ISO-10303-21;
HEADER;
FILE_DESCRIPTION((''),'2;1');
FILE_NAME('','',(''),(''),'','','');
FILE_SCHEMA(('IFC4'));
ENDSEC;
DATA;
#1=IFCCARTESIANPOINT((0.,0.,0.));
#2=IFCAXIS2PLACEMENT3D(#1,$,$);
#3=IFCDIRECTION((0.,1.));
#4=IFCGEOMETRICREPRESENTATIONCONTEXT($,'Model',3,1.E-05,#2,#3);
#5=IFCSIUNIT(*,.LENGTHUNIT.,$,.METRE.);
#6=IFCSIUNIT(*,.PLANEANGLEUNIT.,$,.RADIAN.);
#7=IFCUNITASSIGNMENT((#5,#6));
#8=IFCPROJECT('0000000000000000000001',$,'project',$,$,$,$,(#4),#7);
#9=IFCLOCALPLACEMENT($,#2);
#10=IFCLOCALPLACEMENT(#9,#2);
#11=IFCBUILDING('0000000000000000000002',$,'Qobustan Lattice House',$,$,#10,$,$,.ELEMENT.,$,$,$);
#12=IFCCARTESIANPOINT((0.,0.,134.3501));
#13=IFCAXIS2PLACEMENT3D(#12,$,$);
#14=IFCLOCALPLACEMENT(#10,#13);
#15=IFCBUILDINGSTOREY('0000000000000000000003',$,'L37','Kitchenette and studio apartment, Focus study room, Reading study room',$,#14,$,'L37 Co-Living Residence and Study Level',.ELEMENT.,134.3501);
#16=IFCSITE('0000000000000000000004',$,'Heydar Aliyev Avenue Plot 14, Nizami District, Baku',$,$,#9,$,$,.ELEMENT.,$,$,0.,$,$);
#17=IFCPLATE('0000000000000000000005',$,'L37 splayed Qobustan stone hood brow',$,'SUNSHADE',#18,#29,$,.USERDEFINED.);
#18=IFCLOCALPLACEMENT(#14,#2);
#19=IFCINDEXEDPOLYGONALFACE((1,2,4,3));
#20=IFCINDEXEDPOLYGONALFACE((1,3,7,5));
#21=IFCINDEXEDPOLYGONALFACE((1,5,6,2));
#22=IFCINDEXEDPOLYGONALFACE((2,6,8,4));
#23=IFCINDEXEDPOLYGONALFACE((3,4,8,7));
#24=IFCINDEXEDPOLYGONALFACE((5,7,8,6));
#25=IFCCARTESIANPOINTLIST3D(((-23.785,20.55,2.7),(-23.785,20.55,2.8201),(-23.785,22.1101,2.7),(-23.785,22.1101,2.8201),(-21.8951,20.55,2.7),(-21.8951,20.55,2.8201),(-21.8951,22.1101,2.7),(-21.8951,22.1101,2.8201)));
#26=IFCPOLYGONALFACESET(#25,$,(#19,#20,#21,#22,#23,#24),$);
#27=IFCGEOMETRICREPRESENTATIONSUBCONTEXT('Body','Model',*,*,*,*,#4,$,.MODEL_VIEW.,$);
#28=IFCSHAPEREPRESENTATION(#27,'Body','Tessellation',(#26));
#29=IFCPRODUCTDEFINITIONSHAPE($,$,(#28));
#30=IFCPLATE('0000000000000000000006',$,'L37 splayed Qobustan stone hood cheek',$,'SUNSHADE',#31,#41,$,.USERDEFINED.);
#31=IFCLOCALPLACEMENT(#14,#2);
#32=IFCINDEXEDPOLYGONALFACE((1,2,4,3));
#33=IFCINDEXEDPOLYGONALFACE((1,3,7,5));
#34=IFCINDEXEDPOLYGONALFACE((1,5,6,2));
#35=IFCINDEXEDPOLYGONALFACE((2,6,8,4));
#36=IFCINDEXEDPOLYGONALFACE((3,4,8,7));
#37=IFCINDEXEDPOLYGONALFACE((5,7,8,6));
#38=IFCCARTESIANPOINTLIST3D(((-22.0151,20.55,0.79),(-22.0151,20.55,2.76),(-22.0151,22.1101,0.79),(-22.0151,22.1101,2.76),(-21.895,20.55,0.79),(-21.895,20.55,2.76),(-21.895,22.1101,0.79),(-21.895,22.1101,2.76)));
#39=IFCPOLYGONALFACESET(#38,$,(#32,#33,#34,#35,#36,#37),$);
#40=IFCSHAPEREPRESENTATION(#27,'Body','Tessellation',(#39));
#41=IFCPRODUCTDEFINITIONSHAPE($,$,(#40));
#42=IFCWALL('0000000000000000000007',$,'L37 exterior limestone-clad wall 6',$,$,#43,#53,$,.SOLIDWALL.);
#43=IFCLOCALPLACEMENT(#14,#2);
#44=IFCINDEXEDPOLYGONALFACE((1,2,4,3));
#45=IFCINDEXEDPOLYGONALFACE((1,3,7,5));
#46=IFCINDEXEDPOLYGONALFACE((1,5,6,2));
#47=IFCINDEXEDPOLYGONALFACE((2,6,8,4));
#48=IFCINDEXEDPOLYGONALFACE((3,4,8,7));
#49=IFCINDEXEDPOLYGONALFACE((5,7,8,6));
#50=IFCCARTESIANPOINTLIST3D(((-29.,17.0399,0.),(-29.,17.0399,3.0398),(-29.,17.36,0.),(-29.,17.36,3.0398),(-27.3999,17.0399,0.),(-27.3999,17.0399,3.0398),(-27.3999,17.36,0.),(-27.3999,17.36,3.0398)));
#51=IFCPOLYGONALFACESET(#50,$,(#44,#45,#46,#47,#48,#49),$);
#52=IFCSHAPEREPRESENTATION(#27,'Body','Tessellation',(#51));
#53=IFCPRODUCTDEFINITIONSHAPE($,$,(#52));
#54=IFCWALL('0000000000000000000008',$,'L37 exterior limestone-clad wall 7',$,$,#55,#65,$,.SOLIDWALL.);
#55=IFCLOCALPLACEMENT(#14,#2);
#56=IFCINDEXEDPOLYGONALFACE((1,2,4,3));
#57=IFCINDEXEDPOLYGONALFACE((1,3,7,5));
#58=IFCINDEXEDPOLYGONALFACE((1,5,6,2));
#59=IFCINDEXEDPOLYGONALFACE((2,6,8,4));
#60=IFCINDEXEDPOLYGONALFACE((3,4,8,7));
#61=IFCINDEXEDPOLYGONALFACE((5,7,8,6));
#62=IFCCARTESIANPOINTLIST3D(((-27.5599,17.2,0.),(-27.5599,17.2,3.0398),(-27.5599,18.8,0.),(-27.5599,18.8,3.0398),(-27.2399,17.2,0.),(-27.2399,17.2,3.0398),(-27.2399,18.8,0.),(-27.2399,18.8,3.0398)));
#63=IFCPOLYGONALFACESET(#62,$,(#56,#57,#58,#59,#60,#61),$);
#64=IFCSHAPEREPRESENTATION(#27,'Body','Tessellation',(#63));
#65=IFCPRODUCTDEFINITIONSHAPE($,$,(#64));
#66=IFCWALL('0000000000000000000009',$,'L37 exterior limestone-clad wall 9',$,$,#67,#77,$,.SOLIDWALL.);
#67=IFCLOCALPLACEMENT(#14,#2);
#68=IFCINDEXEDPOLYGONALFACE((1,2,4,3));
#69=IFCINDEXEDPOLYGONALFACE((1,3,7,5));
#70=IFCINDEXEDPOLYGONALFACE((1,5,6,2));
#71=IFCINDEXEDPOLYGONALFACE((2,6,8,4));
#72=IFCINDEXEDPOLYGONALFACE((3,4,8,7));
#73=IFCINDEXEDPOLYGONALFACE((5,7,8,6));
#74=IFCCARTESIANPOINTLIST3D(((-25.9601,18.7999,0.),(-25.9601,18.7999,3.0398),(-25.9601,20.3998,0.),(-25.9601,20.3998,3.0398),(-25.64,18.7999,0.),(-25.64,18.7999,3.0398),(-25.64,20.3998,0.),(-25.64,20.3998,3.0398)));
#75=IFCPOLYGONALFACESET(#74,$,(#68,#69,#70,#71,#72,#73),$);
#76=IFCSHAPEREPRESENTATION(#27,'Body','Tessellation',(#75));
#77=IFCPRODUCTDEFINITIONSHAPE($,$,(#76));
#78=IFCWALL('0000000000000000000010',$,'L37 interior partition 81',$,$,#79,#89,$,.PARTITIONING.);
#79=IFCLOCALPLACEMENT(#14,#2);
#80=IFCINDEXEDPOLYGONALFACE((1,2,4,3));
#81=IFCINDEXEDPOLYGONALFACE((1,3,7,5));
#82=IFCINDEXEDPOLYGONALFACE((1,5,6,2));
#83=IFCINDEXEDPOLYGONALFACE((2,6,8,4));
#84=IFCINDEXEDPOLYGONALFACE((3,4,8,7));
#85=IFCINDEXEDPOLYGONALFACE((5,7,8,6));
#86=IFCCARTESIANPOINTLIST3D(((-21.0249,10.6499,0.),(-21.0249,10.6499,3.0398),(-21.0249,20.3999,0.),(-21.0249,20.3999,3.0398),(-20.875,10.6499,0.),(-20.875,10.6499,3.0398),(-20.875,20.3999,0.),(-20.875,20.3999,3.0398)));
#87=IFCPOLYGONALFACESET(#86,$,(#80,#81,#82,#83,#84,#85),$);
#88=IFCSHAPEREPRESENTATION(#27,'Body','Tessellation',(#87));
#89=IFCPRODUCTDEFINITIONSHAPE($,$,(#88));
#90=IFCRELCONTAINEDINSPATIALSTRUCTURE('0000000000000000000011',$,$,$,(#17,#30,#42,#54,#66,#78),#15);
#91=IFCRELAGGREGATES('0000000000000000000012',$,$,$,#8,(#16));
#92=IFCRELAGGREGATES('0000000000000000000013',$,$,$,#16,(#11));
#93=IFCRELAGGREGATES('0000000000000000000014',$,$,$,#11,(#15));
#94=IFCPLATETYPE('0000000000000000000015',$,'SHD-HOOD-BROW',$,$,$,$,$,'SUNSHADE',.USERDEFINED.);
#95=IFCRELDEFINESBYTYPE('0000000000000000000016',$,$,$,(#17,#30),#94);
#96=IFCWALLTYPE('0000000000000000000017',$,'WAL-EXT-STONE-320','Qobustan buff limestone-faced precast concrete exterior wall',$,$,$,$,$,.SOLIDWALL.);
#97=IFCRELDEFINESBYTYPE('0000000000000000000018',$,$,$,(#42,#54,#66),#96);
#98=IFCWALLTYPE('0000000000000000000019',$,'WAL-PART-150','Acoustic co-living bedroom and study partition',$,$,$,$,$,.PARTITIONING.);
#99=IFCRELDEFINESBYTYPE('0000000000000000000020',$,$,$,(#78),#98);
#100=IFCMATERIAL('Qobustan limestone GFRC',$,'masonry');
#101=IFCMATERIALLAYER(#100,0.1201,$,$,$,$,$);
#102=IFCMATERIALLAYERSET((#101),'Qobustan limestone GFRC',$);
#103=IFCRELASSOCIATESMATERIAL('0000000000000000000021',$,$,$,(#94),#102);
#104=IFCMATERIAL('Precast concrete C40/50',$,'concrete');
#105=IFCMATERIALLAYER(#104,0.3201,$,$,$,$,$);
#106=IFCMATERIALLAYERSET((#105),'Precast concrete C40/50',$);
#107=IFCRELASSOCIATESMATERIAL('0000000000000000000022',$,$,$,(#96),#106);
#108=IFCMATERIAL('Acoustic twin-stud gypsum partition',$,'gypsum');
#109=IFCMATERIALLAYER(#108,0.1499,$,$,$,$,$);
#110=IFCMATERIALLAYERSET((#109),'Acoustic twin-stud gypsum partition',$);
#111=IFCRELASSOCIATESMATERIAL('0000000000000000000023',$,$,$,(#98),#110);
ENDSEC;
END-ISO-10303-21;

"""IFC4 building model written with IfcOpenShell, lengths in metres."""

from ifc_helpers import new_model, si_unit, direction, frame, frame_2d, origin, origin_2d, place, context, subcontext, project, spatial, rectangle, extrude, material, layer, layer_set, type_object, element, save


model = new_model("IFC4")

# Units and contexts
model_context = context("Model", 3, precision=1e-05, world=origin(), true_north=direction((0.0, 1.0)))
body_context = subcontext(model_context, "Body", "Model", "MODEL_VIEW")
ifc_project = project(units=[si_unit("LENGTHUNIT", "METRE"), si_unit("PLANEANGLEUNIT", "RADIAN")], contexts=[model_context])

# Site, building, storey
site_placement = place(None, origin())
site = spatial("IfcSite", under=ifc_project, at=site_placement, Name="Heydar Aliyev Avenue Plot 14, Nizami District, Baku", CompositionType="ELEMENT", RefElevation=0.0)
building_placement = place(site_placement, origin())
building = spatial("IfcBuilding", under=site, at=building_placement, Name="Qobustan Lattice House", CompositionType="ELEMENT")
storey_placement = place(building_placement, frame((0.0, 0.0, 134.3501)))
storey = spatial("IfcBuildingStorey", under=building, at=storey_placement, Name="L37", Description="Kitchenette and studio apartment, Focus study room, Reading study room", LongName="L37 Co-Living Residence and Study Level", CompositionType="ELEMENT", Elevation=134.3501)

# Plates
ifc_material_1 = material(Name="Qobustan limestone GFRC", Category="masonry")
ifc_layer_1 = layer(ifc_material_1, 0.1201)
ifc_layer_set_1 = layer_set([ifc_layer_1], Name="Qobustan limestone GFRC")
plate_type_1 = type_object("IfcPlateType", Name="SHD-HOOD-BROW", ElementType="SUNSHADE", PredefinedType="USERDEFINED", material=ifc_layer_set_1)
plate_1_placement = place(storey_placement, frame((-22.8401, 21.3301, 2.7), z_axis=(0.0, 0.0, 1.0), x_axis=(1.0, 0.0, 0.0)))
element("IfcPlate", 1, at=plate_1_placement, inside=storey, type_object=plate_type_1, Name="L37 splayed Qobustan stone hood brow", ObjectType="SUNSHADE", PredefinedType="USERDEFINED", context=body_context, shape_type="SweptSolid", body=[
    extrude(rectangle(XDim=1.8899, YDim=1.5601, at=origin_2d()), origin(), (0.0, 0.0, 1.0), 0.1201),
])
plate_2_placement = place(storey_placement, frame((-21.9551, 21.3301, 0.79), z_axis=(0.0, 0.0, 1.0), x_axis=(1.0, 0.0, 0.0)))
element("IfcPlate", 2, at=plate_2_placement, inside=storey, type_object=plate_type_1, Name="L37 splayed Qobustan stone hood cheek", ObjectType="SUNSHADE", PredefinedType="USERDEFINED", context=body_context, shape_type="SweptSolid", body=[
    extrude(rectangle(XDim=0.1201, YDim=1.5601, at=origin_2d()), origin(), (0.0, 0.0, 1.0), 1.97),
])

# Walls
ifc_material_2 = material(Name="Precast concrete C40/50", Category="concrete")
ifc_layer_2 = layer(ifc_material_2, 0.3201)
ifc_layer_set_2 = layer_set([ifc_layer_2], Name="Precast concrete C40/50")
wall_type_1 = type_object("IfcWallType", Name="WAL-EXT-STONE-320", Description="Qobustan buff limestone-faced precast concrete exterior wall", PredefinedType="SOLIDWALL", material=ifc_layer_set_2)
for number, where, z_axis, x_axis, name in (
    (3, (-29.0, 17.2, 0.0), (0.0, 0.0, 1.0), (1.0, 0.0, 0.0), "L37 exterior limestone-clad wall 6"),
    (4, (-27.3999, 17.2, 0.0), (0.0, 0.0, 1.0), (0.0, 1.0, 0.0), "L37 exterior limestone-clad wall 7"),
):
    element("IfcWall", number, at=place(storey_placement, frame(where, z_axis=z_axis, x_axis=x_axis)), inside=storey, type_object=wall_type_1, Name=name, PredefinedType="SOLIDWALL", context=body_context, shape_type="SweptSolid", body=[
        extrude(rectangle(XDim=1.6001, YDim=0.3201, at=frame_2d((0.8, 0.0))), origin(), (0.0, 0.0, 1.0), 3.0398),
    ])
wall_1_placement = place(storey_placement, frame((-25.8, 18.8, 0.0), z_axis=(0.0, 0.0, 1.0), x_axis=(0.0, 1.0, 0.0)))
element("IfcWall", 5, at=wall_1_placement, inside=storey, type_object=wall_type_1, Name="L37 exterior limestone-clad wall 9", PredefinedType="SOLIDWALL", context=body_context, shape_type="SweptSolid", body=[
    extrude(rectangle(XDim=1.5999, YDim=0.3201, at=frame_2d((0.7998, 0.0))), origin(), (0.0, 0.0, 1.0), 3.0398),
])

# Wall
ifc_material_3 = material(Name="Acoustic twin-stud gypsum partition", Category="gypsum")
ifc_layer_3 = layer(ifc_material_3, 0.1499)
ifc_layer_set_3 = layer_set([ifc_layer_3], Name="Acoustic twin-stud gypsum partition")
wall_type_2 = type_object("IfcWallType", Name="WAL-PART-150", Description="Acoustic co-living bedroom and study partition", PredefinedType="PARTITIONING", material=ifc_layer_set_3)
wall_2_placement = place(storey_placement, frame((-20.95, 20.3999, 0.0), z_axis=(0.0, 0.0, 1.0), x_axis=(0.0, -1.0, 0.0)))
element("IfcWall", 6, at=wall_2_placement, inside=storey, type_object=wall_type_2, Name="L37 interior partition 81", PredefinedType="PARTITIONING", context=body_context, shape_type="SweptSolid", body=[
    extrude(rectangle(XDim=9.75, YDim=0.1499, at=frame_2d((4.875, 0.0))), origin(), (0.0, 0.0, 1.0), 3.0398),
])

save(model, "model.ifc")
